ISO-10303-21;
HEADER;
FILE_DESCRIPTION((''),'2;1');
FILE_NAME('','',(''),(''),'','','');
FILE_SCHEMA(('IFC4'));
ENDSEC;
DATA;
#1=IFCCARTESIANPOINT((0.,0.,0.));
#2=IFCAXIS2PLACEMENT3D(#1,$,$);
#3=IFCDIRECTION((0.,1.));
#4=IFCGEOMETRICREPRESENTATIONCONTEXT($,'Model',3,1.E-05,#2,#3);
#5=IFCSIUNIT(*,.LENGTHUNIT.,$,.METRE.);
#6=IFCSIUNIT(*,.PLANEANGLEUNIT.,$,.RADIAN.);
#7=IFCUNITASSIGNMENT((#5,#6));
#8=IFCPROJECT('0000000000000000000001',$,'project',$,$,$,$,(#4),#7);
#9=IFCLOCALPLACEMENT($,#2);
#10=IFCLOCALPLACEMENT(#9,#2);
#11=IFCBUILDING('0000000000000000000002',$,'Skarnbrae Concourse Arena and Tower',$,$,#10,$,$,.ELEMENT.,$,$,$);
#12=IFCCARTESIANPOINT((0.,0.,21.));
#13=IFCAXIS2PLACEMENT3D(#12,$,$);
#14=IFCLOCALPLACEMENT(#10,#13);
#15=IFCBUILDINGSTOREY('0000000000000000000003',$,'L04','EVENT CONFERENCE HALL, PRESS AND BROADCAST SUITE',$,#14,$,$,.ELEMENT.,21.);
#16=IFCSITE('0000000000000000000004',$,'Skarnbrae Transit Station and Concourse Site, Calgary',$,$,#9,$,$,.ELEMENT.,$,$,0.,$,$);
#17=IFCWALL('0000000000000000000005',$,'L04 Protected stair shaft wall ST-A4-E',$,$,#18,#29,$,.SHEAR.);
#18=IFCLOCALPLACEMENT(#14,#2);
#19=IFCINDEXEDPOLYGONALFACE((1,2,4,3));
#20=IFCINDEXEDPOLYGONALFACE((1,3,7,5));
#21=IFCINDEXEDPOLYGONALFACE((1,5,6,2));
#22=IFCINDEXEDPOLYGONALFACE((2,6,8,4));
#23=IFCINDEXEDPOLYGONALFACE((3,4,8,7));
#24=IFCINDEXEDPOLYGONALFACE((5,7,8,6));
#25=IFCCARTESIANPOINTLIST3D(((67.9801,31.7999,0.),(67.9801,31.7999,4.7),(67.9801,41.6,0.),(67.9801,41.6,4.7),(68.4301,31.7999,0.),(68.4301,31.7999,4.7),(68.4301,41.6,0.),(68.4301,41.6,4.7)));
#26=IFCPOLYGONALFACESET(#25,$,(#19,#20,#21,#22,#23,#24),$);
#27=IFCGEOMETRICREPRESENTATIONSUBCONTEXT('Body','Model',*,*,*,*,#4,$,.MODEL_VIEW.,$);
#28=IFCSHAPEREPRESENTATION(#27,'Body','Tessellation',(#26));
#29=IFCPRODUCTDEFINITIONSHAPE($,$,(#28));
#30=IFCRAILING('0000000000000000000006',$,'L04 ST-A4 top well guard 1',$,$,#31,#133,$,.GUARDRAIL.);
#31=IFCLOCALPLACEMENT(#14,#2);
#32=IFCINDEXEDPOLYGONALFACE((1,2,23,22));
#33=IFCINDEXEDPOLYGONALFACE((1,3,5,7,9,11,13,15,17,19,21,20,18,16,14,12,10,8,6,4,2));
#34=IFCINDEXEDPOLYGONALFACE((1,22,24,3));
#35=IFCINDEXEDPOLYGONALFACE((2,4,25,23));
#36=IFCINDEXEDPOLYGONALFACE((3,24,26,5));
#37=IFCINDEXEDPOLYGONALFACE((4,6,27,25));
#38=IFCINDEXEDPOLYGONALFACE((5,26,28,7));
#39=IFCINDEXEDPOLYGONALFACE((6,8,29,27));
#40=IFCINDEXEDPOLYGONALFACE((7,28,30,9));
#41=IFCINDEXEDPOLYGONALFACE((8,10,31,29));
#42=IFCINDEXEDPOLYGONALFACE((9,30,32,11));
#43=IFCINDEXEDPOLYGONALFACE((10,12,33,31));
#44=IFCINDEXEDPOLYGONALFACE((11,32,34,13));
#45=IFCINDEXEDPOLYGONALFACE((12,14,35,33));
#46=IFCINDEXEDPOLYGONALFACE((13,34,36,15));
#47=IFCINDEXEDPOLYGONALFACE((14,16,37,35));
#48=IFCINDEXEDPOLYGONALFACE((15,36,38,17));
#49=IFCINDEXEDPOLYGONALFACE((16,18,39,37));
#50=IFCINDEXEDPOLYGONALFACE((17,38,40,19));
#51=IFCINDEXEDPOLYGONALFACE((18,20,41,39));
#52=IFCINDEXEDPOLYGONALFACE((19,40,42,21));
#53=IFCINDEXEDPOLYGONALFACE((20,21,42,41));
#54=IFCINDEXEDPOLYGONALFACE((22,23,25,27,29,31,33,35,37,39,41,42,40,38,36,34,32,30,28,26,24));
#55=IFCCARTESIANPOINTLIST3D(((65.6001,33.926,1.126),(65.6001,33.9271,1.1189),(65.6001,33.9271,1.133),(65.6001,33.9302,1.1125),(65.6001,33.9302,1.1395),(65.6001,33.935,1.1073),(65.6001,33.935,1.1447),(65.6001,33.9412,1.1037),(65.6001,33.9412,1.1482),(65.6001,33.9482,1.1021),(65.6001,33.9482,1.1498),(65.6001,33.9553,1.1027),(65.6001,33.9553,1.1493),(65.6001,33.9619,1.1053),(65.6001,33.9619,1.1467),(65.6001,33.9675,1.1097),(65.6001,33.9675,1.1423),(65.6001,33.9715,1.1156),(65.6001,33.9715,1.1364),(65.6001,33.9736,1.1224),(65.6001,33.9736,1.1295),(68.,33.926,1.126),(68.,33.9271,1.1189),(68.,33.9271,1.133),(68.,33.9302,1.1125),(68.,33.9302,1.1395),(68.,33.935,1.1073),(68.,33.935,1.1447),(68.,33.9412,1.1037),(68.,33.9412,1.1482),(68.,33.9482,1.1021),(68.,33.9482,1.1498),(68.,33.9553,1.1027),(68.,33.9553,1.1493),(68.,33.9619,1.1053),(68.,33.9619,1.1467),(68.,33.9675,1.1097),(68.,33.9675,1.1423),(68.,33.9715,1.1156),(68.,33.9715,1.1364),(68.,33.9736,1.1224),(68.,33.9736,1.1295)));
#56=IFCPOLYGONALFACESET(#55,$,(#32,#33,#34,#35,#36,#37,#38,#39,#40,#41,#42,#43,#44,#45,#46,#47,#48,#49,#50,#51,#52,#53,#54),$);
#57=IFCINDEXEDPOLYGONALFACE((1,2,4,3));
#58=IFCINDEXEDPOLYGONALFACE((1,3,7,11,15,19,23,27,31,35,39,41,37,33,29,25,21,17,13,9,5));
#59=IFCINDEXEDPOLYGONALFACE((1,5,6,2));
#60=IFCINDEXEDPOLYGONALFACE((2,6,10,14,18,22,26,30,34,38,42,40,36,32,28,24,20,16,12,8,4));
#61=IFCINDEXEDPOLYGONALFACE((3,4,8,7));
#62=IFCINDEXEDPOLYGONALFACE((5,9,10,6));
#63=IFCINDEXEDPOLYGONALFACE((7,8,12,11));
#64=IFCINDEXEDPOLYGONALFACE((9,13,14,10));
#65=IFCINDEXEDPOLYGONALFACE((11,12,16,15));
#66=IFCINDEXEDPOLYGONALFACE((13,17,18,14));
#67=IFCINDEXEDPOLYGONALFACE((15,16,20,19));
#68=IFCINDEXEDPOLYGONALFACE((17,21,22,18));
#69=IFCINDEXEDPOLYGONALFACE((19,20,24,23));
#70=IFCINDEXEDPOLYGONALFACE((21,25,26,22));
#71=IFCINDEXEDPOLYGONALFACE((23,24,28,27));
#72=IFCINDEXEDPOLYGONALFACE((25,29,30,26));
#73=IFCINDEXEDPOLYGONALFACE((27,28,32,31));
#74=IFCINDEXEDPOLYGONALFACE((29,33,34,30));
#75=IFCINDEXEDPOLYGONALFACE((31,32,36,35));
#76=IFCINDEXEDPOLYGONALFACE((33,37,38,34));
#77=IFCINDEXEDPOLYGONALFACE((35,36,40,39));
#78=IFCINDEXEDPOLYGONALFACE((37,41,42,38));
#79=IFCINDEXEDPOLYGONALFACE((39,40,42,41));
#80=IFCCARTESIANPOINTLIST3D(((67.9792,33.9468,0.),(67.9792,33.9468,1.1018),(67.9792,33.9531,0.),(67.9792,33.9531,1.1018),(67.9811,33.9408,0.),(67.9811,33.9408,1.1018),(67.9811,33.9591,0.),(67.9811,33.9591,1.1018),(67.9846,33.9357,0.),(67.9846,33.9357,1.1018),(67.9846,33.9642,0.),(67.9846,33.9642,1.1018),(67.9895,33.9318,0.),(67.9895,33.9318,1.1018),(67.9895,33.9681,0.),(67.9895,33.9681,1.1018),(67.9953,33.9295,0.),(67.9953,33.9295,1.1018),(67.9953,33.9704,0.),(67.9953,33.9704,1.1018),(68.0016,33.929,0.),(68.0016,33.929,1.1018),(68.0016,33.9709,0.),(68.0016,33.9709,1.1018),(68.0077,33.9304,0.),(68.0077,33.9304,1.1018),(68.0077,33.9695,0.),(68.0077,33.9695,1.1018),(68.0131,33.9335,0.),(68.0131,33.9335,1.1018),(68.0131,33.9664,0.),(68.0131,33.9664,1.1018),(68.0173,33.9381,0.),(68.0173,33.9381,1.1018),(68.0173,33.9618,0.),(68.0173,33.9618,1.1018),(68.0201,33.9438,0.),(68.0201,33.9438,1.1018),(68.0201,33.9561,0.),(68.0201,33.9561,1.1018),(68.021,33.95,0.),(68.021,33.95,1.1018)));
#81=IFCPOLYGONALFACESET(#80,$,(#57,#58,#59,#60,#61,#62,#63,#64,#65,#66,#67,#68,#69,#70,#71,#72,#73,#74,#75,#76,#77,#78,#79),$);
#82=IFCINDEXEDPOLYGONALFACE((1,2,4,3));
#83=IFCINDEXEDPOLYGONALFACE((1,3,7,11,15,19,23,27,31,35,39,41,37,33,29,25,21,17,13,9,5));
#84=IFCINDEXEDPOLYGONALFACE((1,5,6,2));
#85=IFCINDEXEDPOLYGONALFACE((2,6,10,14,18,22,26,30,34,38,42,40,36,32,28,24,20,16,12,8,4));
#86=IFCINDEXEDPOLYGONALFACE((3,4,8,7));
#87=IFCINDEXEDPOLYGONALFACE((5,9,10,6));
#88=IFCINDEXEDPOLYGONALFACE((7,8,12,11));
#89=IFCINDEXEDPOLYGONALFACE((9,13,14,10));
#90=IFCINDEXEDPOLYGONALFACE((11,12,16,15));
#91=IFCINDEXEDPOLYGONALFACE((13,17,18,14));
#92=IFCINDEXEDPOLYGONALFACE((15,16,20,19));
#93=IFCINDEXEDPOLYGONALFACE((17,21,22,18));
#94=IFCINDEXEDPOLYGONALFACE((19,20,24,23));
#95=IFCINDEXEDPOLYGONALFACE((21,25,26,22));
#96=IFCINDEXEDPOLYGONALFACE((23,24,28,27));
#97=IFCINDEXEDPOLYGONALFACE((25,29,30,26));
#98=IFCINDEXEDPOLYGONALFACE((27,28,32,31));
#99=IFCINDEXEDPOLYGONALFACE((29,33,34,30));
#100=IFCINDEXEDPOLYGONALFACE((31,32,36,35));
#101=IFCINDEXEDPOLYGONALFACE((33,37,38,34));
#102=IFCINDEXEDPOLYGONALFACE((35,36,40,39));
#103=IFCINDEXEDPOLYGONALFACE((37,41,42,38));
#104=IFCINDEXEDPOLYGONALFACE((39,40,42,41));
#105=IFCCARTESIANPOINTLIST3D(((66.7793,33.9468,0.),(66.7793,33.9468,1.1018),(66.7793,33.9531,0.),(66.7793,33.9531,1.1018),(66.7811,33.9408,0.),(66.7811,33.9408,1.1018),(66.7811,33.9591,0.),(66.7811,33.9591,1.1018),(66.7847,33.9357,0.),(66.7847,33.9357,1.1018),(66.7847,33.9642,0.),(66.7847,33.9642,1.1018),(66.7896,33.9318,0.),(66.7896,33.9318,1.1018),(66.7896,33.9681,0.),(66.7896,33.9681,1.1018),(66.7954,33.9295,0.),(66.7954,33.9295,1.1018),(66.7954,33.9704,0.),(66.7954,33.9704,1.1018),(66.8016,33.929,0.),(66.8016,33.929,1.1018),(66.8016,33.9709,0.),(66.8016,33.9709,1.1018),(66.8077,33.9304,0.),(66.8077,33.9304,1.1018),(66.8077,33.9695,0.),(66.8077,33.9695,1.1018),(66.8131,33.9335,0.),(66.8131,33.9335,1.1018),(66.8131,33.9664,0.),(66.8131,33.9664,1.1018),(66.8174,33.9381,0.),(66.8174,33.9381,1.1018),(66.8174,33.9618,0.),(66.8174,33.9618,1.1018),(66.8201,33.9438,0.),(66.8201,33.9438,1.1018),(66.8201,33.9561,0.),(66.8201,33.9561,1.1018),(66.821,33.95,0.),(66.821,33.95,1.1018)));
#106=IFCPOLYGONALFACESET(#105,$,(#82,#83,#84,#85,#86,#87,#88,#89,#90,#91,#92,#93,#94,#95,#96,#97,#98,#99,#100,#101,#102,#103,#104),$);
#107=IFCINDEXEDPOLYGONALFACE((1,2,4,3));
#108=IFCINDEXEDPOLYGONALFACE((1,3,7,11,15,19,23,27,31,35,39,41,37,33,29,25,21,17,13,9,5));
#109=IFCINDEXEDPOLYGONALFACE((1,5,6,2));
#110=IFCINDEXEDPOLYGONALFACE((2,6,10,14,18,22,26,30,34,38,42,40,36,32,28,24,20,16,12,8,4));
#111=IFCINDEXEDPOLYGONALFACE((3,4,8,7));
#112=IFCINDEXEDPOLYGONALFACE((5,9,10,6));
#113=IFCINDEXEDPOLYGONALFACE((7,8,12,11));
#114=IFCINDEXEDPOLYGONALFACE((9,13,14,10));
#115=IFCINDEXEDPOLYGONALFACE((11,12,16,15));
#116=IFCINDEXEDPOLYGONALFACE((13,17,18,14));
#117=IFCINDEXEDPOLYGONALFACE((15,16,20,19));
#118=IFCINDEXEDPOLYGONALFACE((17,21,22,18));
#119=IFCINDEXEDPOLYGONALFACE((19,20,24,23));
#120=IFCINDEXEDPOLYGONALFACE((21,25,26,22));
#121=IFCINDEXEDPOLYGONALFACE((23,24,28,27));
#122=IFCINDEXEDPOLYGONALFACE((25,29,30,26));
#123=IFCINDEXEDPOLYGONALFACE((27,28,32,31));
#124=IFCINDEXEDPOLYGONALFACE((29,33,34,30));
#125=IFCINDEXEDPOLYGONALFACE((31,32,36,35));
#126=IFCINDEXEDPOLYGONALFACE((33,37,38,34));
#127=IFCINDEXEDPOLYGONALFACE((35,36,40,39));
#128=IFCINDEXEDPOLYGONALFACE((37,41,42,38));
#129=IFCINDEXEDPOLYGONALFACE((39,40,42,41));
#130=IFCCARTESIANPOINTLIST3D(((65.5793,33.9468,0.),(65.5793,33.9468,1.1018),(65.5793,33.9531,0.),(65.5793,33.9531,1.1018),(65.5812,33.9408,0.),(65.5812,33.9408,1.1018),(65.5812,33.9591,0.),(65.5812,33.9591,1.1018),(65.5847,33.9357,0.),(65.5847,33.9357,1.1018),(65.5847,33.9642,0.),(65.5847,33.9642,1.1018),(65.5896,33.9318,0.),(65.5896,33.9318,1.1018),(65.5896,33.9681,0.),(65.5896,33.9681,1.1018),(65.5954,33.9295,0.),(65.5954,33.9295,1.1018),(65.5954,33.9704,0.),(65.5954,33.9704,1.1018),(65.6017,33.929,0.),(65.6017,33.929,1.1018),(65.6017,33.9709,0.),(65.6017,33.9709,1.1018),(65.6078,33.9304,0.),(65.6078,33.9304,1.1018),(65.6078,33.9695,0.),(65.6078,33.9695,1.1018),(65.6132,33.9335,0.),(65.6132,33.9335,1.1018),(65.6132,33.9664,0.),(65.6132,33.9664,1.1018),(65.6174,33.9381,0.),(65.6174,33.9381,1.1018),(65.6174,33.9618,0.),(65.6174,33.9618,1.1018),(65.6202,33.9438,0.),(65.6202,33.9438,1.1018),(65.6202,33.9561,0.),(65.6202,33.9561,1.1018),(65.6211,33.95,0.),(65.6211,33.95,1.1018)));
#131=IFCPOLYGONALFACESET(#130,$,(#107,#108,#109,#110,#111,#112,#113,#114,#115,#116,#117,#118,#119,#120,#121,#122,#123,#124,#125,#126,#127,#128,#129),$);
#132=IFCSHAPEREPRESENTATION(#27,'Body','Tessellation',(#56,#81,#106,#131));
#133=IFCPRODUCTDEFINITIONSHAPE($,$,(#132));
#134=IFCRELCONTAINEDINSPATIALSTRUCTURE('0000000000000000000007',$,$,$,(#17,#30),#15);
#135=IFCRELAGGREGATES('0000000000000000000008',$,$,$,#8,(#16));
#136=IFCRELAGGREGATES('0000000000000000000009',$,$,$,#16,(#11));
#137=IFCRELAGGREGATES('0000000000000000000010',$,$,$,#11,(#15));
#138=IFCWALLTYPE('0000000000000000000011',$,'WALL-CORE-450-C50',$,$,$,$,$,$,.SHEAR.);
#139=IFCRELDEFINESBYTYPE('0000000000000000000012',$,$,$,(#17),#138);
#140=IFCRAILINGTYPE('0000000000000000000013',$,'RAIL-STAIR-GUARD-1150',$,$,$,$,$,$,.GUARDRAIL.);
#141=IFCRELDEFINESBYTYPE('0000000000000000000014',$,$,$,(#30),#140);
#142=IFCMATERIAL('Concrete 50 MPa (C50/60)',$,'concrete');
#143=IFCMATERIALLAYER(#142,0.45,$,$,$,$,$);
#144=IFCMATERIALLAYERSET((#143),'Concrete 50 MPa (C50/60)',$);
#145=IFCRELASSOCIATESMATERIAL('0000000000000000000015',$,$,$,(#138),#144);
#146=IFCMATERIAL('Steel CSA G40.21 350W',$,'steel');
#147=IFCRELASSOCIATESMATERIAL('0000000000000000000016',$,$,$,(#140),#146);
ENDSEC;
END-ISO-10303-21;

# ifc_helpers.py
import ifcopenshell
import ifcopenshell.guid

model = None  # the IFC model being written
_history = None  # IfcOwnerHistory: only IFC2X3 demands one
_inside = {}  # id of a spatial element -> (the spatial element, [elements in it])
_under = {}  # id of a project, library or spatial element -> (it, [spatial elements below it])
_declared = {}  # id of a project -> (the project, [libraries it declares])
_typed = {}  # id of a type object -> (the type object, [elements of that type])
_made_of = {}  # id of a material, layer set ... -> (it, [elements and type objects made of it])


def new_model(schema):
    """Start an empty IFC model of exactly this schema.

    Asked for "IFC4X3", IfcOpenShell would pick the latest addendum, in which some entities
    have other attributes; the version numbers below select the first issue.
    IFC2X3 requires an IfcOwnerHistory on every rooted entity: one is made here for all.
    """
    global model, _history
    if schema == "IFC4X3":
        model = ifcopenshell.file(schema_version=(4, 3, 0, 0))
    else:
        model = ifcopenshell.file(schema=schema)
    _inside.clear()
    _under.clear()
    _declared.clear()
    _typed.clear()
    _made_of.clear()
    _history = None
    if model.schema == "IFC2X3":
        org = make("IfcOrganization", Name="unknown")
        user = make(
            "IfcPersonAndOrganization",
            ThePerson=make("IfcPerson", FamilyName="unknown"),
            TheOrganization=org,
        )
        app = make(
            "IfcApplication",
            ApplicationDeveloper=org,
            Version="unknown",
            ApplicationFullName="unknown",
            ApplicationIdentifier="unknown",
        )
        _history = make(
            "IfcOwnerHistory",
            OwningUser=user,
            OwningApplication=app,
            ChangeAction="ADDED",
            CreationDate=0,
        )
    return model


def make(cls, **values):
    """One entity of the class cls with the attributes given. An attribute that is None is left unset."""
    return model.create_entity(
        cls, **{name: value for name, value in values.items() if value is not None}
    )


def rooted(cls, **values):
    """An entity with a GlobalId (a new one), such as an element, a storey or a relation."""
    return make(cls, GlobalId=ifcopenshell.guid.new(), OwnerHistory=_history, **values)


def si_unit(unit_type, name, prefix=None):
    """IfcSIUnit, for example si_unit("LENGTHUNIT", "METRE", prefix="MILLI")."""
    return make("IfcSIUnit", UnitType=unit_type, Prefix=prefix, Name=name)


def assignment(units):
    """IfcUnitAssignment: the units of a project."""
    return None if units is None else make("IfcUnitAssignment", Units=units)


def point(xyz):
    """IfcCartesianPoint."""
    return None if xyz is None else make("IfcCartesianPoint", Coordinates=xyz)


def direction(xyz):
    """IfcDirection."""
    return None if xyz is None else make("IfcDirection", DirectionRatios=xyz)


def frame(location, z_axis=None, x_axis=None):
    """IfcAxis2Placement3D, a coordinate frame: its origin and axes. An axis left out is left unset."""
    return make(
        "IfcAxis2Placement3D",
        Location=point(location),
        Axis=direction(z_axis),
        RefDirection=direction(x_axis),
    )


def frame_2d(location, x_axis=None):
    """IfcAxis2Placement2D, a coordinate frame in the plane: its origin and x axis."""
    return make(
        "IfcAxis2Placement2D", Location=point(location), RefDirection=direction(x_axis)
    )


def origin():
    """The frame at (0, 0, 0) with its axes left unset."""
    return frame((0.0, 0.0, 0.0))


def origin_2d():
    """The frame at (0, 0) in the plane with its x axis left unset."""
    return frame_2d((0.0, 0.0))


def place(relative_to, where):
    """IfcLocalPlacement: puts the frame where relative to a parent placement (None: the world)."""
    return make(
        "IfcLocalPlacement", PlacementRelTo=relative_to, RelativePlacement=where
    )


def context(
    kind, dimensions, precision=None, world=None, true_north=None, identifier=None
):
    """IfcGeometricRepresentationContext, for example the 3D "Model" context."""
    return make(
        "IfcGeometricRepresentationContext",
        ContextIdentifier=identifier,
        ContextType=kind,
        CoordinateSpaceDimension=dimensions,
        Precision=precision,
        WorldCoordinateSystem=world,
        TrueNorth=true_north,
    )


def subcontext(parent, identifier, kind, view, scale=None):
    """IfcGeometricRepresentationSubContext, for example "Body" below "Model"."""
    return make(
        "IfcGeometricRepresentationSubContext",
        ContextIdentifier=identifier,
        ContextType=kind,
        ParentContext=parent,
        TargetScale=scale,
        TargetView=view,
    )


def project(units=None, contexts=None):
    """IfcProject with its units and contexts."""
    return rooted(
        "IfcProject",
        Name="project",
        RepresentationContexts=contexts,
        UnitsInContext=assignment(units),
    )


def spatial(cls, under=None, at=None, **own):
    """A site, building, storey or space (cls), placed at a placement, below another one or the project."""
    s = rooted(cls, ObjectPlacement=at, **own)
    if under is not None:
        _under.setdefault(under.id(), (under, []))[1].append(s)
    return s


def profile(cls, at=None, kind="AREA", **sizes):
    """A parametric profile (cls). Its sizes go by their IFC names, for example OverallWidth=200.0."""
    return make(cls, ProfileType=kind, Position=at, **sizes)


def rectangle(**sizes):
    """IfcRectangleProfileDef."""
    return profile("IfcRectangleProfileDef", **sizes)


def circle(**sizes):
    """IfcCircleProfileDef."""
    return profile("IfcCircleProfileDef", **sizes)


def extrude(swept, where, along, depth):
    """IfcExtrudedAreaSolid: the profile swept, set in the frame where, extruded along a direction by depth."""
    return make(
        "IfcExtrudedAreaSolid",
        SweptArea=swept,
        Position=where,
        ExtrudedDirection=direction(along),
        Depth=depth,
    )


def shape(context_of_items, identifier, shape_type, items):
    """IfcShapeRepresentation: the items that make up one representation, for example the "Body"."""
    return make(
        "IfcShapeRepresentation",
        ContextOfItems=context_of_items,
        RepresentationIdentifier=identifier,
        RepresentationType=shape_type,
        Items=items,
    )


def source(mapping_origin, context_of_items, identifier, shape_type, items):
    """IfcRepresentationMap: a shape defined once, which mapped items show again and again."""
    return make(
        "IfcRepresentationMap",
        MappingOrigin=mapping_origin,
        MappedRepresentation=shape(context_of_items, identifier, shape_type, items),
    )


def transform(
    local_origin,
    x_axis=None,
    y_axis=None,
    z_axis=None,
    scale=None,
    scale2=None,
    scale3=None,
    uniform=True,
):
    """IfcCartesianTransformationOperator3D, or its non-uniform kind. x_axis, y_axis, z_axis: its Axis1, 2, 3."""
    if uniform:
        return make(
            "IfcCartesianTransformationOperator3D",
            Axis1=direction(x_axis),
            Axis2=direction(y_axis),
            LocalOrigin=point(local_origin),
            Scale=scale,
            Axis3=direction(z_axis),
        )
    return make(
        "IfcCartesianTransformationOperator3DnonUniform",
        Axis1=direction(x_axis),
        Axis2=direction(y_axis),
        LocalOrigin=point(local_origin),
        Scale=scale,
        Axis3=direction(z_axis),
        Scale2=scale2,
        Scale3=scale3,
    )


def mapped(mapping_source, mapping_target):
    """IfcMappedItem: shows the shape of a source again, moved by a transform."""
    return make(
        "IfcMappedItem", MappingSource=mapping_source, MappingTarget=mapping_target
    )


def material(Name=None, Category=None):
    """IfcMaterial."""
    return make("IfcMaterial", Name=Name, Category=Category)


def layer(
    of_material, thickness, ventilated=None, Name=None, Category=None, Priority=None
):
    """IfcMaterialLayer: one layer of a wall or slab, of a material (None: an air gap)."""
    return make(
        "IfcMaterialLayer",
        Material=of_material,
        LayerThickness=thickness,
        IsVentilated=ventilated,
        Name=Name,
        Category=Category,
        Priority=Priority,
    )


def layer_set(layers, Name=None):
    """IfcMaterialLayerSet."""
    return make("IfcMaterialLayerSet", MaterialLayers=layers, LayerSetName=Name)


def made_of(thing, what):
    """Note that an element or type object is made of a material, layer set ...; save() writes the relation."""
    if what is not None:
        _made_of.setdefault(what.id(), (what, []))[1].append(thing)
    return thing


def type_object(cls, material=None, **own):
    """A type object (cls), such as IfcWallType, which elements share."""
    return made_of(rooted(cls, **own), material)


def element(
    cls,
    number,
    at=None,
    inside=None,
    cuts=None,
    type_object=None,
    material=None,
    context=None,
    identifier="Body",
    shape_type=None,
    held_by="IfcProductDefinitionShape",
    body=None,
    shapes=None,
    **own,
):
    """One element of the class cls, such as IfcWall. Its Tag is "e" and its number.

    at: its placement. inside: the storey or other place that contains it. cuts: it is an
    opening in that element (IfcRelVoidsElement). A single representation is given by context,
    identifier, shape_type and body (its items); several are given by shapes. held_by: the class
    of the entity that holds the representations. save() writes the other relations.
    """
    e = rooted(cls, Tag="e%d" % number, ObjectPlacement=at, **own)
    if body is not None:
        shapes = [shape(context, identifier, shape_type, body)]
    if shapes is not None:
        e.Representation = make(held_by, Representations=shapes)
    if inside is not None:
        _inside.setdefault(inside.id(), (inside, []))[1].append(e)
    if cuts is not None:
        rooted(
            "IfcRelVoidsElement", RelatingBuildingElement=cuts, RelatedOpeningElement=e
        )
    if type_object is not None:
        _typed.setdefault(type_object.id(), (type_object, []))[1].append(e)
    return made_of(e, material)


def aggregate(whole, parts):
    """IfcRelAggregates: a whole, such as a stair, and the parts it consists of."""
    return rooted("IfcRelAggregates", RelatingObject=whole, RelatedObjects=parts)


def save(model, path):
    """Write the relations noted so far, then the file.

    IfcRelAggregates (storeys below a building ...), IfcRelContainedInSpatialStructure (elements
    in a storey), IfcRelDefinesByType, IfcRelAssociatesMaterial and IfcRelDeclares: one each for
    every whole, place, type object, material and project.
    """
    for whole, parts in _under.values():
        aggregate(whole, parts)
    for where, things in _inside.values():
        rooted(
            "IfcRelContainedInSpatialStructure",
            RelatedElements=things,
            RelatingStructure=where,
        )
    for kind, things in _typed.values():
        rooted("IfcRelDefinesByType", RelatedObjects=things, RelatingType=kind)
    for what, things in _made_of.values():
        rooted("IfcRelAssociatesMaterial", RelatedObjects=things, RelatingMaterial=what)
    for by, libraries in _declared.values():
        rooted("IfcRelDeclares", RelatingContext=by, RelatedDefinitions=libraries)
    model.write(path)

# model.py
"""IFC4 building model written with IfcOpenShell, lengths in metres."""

from ifc_helpers import new_model, si_unit, direction, frame, frame_2d, origin, origin_2d, place, context, subcontext, project, spatial, rectangle, circle, extrude, source, transform, mapped, material, layer, layer_set, type_object, element, save


model = new_model("IFC4")

# Units and contexts
model_context = context("Model", 3, precision=1e-05, world=origin(), true_north=direction((0.0, 1.0)))
body_context = subcontext(model_context, "Body", "Model", "MODEL_VIEW")
ifc_project = project(units=[si_unit("LENGTHUNIT", "METRE"), si_unit("PLANEANGLEUNIT", "RADIAN")], contexts=[model_context])

# Site, building, storey
site_placement = place(None, origin())
site = spatial("IfcSite", under=ifc_project, at=site_placement, Name="Skarnbrae Transit Station and Concourse Site, Calgary", CompositionType="ELEMENT", RefElevation=0.0)
building_placement = place(site_placement, origin())
building = spatial("IfcBuilding", under=site, at=building_placement, Name="Skarnbrae Concourse Arena and Tower", CompositionType="ELEMENT")
storey_placement = place(building_placement, frame((0.0, 0.0, 21.0)))
storey = spatial("IfcBuildingStorey", under=building, at=storey_placement, Name="L04", Description="EVENT CONFERENCE HALL, PRESS AND BROADCAST SUITE", CompositionType="ELEMENT", Elevation=21.0)

# Shared definitions
ifc_material_1 = material(Name="Steel CSA G40.21 350W", Category="steel")

# Shared definitions
ifc_material_2 = material(Name="Concrete 50 MPa (C50/60)", Category="concrete")
ifc_layer_1 = layer(ifc_material_2, 0.45)
ifc_layer_set_1 = layer_set([ifc_layer_1], Name="Concrete 50 MPa (C50/60)")
wall_type_1 = type_object("IfcWallType", Name="WALL-CORE-450-C50", PredefinedType="SHEAR", material=ifc_layer_set_1)

# Wall
shared_shape_1 = source(origin(), body_context, "Body", "SweptSolid", [
    extrude(rectangle(XDim=9.8, YDim=0.45, at=frame_2d((4.8999, 0.0))), origin(), (0.0, 0.0, 1.0), 4.7),
])
for number, where, z_axis, x_axis, name in (
    (1, (68.2051, 31.8, 0.0), (0.0, 0.0, 1.0), (0.0, 1.0, 0.0), "L04 Protected stair shaft wall ST-A4-E"),
):
    element("IfcWall", number, at=place(storey_placement, frame(where, z_axis=z_axis, x_axis=x_axis)), inside=storey, type_object=wall_type_1, Name=name, PredefinedType="SHEAR", context=body_context, shape_type="MappedRepresentation", body=[
        mapped(shared_shape_1, transform((0.0, 0.0, 0.0))),
    ])

# Railing
railing_type = type_object("IfcRailingType", Name="RAIL-STAIR-GUARD-1150", PredefinedType="GUARDRAIL", material=ifc_material_1)
railing_placement = place(storey_placement, frame((68.0, 33.95, 0.0)))
element("IfcRailing", 2, at=railing_placement, inside=storey, type_object=railing_type, Name="L04 ST-A4 top well guard 1", PredefinedType="GUARDRAIL", context=body_context, shape_type="SweptSolid", body=[
    extrude(circle(Radius=0.0239, at=origin_2d()), frame((0.0, 0.0, 1.126), z_axis=(-1.0, 0.0, 0.0), x_axis=(0.0, -1.0, 0.0)), (0.0, 0.0, 1.0), 2.3999),
    extrude(circle(Radius=0.021, at=origin_2d()), origin(), (0.0, 0.0, 1.0), 1.1018),
    extrude(circle(Radius=0.021, at=origin_2d()), frame((-1.2, 0.0, 0.0)), (0.0, 0.0, 1.0), 1.1018),
    extrude(circle(Radius=0.021, at=origin_2d()), frame((-2.3999, 0.0, 0.0)), (0.0, 0.0, 1.0), 1.1018),
])

save(model, "model.ifc")
